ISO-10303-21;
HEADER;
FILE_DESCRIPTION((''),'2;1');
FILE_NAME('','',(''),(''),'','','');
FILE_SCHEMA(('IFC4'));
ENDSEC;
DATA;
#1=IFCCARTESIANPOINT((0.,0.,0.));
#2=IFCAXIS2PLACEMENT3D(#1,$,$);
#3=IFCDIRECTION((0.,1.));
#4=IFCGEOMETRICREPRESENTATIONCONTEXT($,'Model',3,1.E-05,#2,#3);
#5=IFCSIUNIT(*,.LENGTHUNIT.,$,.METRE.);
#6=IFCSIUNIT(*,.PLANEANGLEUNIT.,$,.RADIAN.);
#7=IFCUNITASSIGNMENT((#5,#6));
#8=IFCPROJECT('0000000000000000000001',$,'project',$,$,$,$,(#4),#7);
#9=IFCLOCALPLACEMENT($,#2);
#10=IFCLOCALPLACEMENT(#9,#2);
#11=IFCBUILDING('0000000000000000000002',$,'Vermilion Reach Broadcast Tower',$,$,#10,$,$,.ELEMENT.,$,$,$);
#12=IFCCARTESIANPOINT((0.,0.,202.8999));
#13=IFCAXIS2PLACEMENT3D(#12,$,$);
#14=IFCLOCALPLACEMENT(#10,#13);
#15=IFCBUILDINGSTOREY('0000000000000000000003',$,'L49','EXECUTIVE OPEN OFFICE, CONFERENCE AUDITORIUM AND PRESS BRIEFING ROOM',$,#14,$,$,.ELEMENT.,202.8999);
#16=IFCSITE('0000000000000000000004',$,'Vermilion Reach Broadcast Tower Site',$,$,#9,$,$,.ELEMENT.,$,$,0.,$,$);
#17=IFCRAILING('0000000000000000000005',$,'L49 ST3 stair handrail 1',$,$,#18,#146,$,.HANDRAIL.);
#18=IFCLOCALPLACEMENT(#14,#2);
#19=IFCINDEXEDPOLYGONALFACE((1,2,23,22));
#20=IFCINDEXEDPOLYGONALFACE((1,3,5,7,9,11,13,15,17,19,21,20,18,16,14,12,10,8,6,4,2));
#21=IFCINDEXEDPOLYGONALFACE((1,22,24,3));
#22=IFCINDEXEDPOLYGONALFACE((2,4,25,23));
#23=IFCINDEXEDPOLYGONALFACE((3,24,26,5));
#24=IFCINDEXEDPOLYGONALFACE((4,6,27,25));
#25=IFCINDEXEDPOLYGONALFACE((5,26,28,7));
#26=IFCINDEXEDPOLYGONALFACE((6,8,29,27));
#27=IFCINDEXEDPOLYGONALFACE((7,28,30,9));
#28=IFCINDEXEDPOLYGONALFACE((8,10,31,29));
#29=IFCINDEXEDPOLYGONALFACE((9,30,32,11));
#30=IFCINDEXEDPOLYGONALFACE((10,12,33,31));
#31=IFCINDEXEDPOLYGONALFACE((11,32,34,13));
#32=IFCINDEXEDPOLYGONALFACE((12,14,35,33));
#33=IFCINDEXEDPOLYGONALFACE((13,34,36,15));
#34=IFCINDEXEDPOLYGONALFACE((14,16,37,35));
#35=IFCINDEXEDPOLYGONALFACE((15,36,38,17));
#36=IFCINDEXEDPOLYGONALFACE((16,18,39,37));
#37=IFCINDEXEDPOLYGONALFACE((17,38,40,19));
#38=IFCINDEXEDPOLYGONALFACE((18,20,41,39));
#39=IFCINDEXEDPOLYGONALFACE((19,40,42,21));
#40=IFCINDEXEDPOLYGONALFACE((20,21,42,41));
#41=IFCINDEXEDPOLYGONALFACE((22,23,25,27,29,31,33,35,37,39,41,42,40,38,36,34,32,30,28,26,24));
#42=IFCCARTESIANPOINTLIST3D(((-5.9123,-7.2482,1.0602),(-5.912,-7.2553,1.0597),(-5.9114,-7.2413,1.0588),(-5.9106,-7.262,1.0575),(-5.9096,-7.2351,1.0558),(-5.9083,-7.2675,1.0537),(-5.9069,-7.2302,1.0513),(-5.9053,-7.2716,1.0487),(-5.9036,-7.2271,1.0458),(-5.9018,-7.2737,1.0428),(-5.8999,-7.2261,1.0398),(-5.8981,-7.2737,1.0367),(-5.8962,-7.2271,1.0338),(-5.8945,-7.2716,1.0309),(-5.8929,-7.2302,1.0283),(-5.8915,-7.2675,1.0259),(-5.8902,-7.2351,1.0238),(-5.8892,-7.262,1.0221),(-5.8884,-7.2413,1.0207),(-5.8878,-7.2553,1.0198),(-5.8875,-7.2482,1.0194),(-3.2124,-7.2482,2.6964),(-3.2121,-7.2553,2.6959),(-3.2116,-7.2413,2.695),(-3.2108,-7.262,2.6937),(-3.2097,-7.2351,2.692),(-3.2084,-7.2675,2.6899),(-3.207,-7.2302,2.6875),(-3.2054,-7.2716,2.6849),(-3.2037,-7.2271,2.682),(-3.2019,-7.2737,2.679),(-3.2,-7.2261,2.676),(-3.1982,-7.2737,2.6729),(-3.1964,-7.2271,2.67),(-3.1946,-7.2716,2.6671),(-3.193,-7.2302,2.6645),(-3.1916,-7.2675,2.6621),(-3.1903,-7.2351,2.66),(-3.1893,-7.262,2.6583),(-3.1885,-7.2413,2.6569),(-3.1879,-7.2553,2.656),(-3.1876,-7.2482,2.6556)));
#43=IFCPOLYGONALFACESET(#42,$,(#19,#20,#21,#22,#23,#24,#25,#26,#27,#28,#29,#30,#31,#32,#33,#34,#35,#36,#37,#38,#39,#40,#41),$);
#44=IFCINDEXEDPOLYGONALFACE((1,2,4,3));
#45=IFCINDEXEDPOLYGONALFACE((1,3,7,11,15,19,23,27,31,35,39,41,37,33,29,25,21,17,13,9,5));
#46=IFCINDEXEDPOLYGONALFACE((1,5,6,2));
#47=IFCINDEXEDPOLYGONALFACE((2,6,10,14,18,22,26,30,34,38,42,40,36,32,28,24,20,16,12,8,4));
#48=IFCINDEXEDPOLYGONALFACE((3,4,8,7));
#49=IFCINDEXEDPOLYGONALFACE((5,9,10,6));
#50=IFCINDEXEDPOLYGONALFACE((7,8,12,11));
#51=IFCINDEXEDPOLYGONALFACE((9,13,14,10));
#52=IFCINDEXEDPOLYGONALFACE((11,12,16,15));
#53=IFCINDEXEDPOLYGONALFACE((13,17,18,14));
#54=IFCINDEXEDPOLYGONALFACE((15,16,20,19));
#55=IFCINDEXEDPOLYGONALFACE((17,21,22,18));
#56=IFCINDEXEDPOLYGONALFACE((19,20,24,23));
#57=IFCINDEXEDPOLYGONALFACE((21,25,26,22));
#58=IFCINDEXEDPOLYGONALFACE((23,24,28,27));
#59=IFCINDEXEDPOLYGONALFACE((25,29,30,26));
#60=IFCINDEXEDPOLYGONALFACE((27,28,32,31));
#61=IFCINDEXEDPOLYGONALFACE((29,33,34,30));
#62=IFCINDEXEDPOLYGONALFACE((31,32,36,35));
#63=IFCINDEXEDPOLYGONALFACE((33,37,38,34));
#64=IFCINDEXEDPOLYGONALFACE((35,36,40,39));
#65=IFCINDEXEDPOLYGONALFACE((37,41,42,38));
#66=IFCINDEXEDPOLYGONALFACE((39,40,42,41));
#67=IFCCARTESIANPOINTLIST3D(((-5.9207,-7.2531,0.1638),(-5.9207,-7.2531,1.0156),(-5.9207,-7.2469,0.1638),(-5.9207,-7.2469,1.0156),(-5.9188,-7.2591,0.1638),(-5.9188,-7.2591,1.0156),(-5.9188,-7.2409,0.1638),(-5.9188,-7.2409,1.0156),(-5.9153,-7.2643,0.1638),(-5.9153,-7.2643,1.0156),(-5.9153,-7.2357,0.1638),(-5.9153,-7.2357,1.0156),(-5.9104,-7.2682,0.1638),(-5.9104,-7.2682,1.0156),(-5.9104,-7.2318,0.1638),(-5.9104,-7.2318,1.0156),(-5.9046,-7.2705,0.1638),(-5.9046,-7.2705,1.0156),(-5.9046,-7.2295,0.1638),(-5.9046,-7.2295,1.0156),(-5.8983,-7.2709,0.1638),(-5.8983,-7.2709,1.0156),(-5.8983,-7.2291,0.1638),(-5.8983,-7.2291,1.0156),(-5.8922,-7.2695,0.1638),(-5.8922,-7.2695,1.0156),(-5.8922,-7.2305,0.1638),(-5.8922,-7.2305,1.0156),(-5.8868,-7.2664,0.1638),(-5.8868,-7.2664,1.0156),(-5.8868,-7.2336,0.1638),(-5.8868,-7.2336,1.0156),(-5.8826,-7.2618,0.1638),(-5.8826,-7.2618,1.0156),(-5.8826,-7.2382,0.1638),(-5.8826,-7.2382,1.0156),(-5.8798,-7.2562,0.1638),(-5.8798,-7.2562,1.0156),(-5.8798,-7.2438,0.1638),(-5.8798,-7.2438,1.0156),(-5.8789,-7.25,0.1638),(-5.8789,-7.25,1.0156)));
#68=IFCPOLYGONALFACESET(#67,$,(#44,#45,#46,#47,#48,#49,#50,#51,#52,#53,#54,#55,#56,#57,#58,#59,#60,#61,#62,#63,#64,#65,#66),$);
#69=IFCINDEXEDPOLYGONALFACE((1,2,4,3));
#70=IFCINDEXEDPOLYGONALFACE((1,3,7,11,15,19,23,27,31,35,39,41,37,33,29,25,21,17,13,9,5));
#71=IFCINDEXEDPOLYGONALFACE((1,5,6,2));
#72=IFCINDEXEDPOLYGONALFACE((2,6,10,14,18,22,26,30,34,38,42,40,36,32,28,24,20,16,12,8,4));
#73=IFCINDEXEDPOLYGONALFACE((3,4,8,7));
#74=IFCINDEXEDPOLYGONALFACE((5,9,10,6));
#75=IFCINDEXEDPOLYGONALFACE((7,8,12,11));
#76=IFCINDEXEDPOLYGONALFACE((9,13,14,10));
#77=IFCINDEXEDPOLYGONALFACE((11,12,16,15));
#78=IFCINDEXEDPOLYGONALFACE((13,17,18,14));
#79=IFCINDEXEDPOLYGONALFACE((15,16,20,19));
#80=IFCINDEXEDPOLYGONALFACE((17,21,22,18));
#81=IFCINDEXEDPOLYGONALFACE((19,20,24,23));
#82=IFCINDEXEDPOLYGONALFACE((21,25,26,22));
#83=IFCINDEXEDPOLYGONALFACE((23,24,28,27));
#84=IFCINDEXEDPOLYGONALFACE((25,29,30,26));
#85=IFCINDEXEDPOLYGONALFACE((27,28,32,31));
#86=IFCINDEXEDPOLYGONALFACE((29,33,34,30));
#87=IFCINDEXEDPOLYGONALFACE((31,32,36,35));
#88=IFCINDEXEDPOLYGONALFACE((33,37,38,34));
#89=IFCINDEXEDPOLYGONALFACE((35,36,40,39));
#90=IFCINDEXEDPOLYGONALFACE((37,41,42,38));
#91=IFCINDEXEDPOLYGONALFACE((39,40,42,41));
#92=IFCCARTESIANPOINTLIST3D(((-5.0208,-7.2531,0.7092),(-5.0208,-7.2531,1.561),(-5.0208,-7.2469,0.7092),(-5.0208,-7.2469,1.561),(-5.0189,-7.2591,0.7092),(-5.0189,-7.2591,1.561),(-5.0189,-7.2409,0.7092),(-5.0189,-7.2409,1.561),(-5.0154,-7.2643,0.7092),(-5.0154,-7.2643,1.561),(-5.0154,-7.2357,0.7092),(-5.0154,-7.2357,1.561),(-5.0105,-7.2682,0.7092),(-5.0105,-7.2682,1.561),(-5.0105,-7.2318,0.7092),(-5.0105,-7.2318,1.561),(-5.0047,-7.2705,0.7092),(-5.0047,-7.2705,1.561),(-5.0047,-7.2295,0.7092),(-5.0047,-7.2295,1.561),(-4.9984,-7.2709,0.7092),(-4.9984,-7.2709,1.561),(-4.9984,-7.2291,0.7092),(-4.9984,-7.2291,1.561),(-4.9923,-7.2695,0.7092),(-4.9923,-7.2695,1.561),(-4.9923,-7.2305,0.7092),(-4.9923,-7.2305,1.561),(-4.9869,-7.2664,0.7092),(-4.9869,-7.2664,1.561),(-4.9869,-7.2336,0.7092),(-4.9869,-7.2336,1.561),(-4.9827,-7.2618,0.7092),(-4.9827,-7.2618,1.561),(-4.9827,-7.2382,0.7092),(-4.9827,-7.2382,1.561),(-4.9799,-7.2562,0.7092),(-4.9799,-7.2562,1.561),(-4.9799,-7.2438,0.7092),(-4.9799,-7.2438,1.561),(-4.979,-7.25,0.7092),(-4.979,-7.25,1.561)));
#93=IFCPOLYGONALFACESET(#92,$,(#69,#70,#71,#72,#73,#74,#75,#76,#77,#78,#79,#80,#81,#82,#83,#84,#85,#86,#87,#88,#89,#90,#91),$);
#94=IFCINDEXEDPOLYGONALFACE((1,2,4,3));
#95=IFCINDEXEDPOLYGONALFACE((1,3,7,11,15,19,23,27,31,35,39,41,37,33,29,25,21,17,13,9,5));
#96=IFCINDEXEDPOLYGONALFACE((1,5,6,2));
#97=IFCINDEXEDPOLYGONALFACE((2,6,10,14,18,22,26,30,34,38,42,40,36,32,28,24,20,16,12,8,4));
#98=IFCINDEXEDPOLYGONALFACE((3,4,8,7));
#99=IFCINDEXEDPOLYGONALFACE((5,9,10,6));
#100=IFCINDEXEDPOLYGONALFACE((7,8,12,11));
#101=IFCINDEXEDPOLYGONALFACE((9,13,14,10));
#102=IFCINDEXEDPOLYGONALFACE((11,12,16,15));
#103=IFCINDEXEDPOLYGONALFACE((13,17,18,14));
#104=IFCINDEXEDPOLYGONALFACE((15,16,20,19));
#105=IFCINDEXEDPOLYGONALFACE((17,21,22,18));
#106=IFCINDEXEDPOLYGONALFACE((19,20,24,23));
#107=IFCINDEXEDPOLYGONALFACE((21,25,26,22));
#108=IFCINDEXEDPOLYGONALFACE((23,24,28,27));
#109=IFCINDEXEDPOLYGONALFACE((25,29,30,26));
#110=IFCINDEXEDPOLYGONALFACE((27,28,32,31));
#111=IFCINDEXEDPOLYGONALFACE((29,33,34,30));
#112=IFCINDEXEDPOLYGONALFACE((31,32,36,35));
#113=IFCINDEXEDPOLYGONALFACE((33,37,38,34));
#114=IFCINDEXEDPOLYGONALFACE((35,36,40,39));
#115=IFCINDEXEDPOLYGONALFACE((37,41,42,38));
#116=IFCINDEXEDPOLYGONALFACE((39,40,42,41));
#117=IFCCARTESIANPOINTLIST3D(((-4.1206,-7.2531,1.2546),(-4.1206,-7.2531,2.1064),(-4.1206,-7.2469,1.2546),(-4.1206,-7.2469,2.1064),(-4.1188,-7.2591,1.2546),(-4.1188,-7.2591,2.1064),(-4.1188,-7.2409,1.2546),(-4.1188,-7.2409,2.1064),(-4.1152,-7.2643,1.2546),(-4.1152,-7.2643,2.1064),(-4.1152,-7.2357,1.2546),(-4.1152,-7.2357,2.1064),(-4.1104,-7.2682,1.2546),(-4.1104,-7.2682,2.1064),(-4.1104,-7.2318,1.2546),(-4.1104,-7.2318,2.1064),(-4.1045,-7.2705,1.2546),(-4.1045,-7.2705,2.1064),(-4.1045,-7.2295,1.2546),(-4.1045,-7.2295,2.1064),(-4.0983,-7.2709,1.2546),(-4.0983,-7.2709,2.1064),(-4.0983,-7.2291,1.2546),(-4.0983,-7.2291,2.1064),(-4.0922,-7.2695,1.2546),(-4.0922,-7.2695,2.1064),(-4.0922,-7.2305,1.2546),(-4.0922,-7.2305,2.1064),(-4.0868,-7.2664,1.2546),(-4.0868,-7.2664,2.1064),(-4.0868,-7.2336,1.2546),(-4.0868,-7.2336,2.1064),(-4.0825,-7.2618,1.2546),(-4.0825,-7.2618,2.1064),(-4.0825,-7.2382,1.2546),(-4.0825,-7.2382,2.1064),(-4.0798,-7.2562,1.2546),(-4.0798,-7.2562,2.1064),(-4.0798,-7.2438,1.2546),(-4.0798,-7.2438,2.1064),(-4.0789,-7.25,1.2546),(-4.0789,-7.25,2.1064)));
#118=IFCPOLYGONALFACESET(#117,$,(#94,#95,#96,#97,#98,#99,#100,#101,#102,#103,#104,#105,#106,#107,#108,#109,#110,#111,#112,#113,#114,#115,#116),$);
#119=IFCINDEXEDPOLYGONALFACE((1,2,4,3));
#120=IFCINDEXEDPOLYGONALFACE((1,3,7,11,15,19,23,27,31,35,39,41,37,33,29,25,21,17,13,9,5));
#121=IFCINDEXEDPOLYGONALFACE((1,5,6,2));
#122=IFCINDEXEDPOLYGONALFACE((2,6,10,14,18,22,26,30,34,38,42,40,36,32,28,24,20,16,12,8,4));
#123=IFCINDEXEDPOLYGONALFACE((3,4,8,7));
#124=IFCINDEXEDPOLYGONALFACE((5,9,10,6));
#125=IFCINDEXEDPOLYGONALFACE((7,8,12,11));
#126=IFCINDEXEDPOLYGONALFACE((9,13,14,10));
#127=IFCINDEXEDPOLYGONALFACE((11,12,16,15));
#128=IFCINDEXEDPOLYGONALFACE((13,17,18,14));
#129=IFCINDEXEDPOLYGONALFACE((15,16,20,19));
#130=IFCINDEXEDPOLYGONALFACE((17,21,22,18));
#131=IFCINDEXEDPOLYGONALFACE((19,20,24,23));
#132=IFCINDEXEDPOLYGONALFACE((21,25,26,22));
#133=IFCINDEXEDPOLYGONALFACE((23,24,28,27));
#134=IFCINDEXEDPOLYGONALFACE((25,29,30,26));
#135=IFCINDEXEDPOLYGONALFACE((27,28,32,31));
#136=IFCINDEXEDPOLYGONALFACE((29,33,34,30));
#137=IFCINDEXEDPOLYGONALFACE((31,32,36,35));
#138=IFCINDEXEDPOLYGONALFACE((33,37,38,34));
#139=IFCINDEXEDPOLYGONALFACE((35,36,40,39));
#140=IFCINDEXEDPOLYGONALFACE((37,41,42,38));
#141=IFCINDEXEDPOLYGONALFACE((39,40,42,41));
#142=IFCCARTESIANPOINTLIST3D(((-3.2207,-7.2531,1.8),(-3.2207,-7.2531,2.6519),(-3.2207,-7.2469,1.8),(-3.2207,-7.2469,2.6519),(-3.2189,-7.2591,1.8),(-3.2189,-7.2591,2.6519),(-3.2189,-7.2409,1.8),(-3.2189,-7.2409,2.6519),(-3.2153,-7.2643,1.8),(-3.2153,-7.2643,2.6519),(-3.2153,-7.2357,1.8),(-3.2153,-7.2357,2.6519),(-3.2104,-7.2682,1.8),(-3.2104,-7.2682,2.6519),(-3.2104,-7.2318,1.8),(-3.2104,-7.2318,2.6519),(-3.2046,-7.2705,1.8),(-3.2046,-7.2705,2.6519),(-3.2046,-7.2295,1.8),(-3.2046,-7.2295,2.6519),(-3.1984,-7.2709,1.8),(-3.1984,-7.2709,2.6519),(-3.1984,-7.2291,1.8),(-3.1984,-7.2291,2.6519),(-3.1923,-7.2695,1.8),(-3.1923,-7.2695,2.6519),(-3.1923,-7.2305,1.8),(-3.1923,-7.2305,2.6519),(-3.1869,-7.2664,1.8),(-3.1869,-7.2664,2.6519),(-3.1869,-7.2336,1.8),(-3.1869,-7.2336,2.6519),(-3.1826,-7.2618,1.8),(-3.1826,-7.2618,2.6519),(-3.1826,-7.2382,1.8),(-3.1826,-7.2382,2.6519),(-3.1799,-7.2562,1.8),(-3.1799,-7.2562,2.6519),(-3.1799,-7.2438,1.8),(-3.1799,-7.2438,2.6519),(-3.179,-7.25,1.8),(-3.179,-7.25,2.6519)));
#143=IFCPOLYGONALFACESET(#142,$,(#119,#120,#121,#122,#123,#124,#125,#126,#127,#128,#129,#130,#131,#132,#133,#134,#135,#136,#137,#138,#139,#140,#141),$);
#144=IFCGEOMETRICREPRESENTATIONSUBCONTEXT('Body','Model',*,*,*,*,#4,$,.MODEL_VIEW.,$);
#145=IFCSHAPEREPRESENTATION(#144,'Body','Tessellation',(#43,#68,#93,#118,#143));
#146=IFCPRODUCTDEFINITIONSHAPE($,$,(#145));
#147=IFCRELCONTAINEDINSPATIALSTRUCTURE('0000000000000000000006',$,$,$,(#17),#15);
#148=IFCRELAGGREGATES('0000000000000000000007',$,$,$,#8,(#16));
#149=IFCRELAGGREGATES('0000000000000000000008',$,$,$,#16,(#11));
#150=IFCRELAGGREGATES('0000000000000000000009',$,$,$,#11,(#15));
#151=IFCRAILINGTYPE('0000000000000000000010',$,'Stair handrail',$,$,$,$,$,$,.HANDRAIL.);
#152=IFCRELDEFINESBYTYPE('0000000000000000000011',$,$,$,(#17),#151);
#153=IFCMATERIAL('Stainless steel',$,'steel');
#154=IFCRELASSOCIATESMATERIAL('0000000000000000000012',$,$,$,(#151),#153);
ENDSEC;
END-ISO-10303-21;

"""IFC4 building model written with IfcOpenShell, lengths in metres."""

from ifc_helpers import new_model, si_unit, direction, frame, origin, origin_2d, place, context, subcontext, project, spatial, circle, extrude, material, type_object, element, save


model = new_model("IFC4")

# Units and contexts
model_context = context("Model", 3, precision=1e-05, world=origin(), true_north=direction((0.0, 1.0)))
body_context = subcontext(model_context, "Body", "Model", "MODEL_VIEW")
ifc_project = project(units=[si_unit("LENGTHUNIT", "METRE"), si_unit("PLANEANGLEUNIT", "RADIAN")], contexts=[model_context])

# Site, building, storey
site_placement = place(None, origin())
site = spatial("IfcSite", under=ifc_project, at=site_placement, Name="Vermilion Reach Broadcast Tower Site", CompositionType="ELEMENT", RefElevation=0.0)
building_placement = place(site_placement, origin())
building = spatial("IfcBuilding", under=site, at=building_placement, Name="Vermilion Reach Broadcast Tower", CompositionType="ELEMENT")
storey_placement = place(building_placement, frame((0.0, 0.0, 202.8999)))
storey = spatial("IfcBuildingStorey", under=building, at=storey_placement, Name="L49", Description="EXECUTIVE OPEN OFFICE, CONFERENCE AUDITORIUM AND PRESS BRIEFING ROOM", CompositionType="ELEMENT", Elevation=202.8999)

# Railing
ifc_material_1 = material(Name="Stainless steel", Category="steel")
railing_type_1 = type_object("IfcRailingType", Name="Stair handrail", PredefinedType="HANDRAIL", material=ifc_material_1)
railing_1_placement = place(storey_placement, frame((-5.8999, -7.25, 0.1638)))
element("IfcRailing", 1, at=railing_1_placement, inside=storey, type_object=railing_type_1, Name="L49 ST3 stair handrail 1", PredefinedType="HANDRAIL", context=body_context, shape_type="SweptSolid", body=[
    extrude(circle(Radius=0.0239, at=origin_2d()), frame((0.0, 0.0, 0.876), z_axis=(0.855212, 0.0, 0.518278), x_axis=(0.0, 1.0, 0.0)), (0.0, 0.0, 1.0), 3.157),
    extrude(circle(Radius=0.021, at=origin_2d()), origin(), (0.0, 0.0, 1.0), 0.8518),
    extrude(circle(Radius=0.021, at=origin_2d()), frame((0.8999, 0.0, 0.5454)), (0.0, 0.0, 1.0), 0.8518),
    extrude(circle(Radius=0.021, at=origin_2d()), frame((1.8, 0.0, 1.0908)), (0.0, 0.0, 1.0), 0.8518),
    extrude(circle(Radius=0.021, at=origin_2d()), frame((2.7, 0.0, 1.6362)), (0.0, 0.0, 1.0), 0.8518),
])

save(model, "model.ifc")
